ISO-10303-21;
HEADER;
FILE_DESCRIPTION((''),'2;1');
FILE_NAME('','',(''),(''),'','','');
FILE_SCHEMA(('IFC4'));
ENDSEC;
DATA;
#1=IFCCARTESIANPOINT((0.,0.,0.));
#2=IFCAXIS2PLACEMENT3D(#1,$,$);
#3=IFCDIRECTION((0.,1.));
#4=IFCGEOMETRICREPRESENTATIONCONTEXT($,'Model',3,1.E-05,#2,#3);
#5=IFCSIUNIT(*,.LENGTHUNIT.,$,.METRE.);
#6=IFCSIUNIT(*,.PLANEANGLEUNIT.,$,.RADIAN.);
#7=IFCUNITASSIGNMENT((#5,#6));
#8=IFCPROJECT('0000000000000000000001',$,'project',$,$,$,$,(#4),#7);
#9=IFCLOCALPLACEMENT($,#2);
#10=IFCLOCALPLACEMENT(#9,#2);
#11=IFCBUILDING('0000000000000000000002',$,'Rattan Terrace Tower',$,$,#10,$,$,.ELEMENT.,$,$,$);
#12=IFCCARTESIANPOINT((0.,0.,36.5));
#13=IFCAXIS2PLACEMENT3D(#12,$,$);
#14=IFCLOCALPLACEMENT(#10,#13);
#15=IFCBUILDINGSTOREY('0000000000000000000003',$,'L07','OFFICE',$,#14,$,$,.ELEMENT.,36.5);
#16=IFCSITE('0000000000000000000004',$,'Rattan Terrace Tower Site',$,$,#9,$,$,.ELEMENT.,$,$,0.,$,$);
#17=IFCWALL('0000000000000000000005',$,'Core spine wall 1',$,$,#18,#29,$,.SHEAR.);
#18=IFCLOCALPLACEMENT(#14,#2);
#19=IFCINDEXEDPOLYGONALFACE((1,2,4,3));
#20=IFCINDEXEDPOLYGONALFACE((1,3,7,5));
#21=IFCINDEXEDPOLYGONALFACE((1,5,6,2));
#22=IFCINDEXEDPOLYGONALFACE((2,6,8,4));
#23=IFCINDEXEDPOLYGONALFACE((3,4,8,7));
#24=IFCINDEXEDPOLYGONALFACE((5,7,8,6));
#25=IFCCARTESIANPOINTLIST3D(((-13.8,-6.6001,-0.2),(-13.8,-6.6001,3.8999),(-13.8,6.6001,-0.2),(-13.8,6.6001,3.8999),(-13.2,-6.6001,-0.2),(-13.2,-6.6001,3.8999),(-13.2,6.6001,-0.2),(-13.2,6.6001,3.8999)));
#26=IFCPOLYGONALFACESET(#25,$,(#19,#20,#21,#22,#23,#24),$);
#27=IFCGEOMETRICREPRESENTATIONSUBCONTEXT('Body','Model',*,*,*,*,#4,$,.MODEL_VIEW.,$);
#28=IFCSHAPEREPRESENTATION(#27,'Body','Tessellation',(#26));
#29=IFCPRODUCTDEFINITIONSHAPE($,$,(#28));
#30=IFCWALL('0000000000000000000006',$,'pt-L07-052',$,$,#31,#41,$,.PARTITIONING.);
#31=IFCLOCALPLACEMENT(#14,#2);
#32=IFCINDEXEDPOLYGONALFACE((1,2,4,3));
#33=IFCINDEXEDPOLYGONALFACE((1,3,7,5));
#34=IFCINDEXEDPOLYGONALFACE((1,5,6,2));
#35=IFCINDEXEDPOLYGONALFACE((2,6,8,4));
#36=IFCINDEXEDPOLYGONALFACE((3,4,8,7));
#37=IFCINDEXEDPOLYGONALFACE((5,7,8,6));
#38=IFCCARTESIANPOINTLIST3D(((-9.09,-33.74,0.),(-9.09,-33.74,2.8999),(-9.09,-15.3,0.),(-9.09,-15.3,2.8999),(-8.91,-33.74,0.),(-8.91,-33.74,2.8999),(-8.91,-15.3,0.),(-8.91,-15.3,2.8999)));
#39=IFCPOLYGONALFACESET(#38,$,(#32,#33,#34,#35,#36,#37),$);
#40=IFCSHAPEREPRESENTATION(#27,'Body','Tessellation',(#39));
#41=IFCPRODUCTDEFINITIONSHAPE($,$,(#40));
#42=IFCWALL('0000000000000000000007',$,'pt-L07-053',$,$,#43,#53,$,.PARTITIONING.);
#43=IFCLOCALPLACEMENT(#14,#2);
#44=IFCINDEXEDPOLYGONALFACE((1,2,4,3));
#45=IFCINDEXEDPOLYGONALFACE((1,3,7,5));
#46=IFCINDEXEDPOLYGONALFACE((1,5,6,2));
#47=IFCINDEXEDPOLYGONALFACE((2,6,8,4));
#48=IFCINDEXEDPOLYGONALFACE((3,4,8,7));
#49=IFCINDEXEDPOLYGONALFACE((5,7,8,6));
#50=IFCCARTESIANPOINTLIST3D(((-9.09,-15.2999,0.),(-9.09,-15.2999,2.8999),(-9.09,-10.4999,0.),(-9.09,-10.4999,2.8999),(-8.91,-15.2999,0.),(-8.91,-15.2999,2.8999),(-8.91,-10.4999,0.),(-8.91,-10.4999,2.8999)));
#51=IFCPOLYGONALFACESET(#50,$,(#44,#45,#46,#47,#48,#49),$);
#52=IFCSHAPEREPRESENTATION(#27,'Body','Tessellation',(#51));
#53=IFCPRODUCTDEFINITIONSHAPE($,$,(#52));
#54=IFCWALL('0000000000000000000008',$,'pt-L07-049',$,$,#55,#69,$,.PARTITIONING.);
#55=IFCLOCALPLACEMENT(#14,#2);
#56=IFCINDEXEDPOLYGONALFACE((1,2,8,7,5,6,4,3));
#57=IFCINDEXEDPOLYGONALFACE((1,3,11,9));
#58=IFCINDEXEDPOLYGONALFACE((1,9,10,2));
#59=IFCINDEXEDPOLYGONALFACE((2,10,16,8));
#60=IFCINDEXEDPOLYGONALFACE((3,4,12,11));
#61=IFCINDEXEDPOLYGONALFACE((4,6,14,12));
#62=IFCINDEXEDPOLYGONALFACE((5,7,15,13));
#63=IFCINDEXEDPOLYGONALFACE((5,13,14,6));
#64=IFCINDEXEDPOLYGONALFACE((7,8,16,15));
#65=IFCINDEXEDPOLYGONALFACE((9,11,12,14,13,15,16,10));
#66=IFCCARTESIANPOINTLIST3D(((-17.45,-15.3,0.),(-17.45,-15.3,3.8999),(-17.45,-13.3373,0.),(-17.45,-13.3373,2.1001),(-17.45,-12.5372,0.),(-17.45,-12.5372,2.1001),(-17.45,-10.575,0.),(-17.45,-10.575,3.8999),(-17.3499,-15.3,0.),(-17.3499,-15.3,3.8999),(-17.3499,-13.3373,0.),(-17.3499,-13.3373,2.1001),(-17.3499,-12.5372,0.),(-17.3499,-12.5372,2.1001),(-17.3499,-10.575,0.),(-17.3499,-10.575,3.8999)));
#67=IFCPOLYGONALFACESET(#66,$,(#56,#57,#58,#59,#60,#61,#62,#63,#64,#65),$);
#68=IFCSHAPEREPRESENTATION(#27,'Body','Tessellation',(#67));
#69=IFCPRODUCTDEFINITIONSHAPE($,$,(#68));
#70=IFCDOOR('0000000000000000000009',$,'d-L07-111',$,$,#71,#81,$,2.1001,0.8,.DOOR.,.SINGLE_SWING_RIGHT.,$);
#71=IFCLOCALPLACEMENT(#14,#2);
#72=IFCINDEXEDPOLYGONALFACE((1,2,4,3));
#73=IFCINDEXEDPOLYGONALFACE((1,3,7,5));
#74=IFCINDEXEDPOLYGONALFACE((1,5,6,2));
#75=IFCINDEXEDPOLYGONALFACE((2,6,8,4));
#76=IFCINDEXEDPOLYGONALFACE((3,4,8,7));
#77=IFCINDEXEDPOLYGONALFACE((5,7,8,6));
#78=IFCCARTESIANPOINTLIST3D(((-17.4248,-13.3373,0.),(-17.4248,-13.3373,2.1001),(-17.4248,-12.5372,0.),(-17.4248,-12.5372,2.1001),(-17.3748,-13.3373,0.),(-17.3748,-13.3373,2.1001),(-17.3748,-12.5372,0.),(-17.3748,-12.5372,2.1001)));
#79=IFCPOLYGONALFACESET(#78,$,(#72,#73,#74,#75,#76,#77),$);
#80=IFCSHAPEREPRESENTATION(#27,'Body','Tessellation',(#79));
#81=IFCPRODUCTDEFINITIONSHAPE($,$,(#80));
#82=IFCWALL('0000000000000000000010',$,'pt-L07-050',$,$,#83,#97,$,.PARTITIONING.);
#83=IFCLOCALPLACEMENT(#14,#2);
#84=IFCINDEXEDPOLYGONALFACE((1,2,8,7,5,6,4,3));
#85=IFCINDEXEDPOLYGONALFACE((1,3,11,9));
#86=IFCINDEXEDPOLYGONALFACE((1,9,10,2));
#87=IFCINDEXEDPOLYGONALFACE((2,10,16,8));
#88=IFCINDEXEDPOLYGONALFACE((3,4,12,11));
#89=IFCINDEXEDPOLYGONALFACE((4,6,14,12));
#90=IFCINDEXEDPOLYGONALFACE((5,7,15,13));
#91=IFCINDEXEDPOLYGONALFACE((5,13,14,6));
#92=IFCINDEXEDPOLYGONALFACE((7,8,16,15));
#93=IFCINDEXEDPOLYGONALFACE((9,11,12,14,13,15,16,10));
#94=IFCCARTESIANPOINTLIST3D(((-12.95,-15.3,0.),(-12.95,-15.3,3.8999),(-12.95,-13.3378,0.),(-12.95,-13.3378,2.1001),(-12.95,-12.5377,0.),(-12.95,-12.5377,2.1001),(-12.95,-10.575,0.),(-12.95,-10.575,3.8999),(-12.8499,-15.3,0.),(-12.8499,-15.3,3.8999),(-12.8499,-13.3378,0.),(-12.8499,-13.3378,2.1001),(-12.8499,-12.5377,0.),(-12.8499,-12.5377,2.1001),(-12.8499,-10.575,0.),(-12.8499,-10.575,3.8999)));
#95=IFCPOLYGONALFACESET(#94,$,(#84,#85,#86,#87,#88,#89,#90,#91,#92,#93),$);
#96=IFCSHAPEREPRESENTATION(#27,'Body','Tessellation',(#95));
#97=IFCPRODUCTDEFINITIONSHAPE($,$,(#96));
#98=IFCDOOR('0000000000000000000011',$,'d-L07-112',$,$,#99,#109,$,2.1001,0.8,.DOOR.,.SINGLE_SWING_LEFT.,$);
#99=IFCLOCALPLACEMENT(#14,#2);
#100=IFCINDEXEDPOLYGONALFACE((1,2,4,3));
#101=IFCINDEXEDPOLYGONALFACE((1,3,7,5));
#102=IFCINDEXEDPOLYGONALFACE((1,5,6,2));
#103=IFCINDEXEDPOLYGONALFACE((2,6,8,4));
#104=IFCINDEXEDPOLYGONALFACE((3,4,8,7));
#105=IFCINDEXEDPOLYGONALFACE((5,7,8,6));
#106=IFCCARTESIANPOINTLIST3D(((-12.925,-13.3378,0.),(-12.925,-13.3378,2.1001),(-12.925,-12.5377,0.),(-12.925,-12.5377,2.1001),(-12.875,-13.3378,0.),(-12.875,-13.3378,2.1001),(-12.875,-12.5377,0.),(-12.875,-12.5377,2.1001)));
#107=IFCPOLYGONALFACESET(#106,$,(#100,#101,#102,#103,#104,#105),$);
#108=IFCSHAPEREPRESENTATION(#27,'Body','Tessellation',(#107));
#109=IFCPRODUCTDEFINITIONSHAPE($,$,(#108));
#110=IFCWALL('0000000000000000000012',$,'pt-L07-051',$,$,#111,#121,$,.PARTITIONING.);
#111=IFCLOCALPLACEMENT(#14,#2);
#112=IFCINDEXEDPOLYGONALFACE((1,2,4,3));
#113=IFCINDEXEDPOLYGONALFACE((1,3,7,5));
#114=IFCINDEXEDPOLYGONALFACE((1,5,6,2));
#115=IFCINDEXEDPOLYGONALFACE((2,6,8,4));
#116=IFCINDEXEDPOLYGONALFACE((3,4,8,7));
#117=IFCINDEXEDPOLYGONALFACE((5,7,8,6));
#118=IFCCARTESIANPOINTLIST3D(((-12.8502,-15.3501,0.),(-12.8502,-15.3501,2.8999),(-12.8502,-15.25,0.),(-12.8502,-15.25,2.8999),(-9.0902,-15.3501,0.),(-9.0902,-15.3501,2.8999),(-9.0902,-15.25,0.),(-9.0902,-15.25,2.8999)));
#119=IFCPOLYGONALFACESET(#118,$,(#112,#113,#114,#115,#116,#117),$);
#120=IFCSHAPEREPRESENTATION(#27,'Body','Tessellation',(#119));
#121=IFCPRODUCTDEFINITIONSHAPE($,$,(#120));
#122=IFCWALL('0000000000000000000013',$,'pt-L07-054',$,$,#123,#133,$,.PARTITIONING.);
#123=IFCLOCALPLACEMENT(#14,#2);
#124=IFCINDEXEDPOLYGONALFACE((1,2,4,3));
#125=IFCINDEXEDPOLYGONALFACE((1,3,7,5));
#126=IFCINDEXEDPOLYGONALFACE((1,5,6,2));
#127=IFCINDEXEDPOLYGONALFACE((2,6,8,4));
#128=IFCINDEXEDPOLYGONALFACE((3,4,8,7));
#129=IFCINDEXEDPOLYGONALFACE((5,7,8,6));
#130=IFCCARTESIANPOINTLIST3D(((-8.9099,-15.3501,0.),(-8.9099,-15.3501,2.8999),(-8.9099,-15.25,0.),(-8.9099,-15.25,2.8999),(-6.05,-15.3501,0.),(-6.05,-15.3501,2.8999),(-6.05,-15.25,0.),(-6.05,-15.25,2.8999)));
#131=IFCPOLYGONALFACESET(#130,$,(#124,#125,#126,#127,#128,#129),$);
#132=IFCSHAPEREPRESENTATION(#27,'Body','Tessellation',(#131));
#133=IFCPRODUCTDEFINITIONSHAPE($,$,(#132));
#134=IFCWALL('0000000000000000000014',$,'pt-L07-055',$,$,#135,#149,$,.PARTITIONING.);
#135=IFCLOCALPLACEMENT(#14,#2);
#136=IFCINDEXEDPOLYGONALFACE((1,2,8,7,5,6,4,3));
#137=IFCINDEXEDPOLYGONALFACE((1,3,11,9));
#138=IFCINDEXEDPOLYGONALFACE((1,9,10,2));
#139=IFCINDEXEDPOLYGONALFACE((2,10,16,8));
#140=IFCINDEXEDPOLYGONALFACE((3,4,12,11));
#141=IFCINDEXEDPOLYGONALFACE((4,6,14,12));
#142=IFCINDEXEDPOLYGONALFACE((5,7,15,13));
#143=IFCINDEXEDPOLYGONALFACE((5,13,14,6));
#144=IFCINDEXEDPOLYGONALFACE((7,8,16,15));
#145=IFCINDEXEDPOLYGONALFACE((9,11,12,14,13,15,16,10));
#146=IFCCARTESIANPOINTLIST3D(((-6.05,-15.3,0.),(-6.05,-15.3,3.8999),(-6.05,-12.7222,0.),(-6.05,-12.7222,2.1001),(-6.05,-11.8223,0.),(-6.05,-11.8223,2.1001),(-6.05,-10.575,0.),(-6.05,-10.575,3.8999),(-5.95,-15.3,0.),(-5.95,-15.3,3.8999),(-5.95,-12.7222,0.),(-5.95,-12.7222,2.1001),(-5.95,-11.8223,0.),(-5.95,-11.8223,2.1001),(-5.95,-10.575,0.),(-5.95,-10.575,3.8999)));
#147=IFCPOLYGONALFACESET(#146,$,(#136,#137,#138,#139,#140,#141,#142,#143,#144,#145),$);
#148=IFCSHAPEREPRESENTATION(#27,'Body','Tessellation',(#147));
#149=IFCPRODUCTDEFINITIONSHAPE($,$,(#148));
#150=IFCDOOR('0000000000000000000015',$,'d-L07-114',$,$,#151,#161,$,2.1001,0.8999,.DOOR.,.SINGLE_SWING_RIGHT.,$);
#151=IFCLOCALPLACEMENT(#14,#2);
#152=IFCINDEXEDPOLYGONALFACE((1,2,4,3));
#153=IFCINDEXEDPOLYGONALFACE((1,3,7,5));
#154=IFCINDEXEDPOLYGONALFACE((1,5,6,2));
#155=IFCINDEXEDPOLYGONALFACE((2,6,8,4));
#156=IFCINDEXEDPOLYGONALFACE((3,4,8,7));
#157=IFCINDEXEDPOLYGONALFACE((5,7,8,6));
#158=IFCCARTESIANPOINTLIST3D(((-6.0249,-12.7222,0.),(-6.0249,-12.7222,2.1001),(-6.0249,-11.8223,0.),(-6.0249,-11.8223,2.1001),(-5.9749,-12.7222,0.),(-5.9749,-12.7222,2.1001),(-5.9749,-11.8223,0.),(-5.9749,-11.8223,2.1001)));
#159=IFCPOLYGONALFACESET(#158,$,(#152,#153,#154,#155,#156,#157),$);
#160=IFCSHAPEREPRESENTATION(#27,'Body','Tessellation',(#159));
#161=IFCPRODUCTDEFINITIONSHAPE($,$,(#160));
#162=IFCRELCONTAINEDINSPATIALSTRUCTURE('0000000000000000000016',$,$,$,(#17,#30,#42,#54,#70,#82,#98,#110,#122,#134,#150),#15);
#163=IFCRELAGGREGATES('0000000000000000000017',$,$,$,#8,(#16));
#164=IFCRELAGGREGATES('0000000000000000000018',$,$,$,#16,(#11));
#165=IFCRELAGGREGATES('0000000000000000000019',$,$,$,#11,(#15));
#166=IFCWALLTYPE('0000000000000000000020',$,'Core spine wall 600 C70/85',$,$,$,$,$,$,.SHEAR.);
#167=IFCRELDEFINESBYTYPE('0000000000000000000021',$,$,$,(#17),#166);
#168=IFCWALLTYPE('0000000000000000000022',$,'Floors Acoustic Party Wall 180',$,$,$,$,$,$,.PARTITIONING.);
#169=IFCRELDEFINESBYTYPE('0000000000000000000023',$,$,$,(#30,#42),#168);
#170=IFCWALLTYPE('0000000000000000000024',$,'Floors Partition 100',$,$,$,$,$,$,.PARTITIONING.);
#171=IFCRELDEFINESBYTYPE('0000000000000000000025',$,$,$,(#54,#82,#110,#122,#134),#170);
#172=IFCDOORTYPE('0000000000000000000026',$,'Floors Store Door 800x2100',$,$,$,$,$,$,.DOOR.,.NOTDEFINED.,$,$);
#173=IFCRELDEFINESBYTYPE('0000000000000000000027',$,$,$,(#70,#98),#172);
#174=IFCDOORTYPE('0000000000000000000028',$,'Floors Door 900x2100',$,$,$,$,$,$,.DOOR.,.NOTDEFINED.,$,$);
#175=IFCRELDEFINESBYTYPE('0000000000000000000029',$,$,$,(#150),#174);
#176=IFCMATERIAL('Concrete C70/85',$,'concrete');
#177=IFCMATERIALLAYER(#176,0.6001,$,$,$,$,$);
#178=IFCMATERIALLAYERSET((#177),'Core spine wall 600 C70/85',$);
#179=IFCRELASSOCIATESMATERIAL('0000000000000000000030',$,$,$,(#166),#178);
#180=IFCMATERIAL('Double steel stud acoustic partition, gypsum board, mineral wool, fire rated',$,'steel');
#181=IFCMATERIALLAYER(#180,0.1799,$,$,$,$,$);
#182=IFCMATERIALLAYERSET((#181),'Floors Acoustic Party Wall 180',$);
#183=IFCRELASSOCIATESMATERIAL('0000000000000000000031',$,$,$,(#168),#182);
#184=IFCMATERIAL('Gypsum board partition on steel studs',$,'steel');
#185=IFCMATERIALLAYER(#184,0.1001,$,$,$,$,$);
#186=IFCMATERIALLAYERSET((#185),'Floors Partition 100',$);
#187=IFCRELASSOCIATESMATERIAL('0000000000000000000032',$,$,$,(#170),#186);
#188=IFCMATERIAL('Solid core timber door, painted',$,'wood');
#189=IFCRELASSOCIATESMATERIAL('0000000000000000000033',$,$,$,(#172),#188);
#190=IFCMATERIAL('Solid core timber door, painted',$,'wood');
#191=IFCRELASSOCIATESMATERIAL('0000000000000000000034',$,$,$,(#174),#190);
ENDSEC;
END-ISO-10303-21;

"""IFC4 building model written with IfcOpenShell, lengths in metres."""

from ifc_helpers import new_model, si_unit, direction, frame, frame_2d, origin, place, context, subcontext, project, spatial, rectangle, extrude, material, layer, layer_set, type_object, element, fill, save


model = new_model("IFC4")

# Units and contexts
model_context = context("Model", 3, precision=1e-05, world=origin(), true_north=direction((0.0, 1.0)))
body_context = subcontext(model_context, "Body", "Model", "MODEL_VIEW")
ifc_project = project(units=[si_unit("LENGTHUNIT", "METRE"), si_unit("PLANEANGLEUNIT", "RADIAN")], contexts=[model_context])

# Site, building, storey
site_placement = place(None, origin())
site = spatial("IfcSite", under=ifc_project, at=site_placement, Name="Rattan Terrace Tower Site", CompositionType="ELEMENT", RefElevation=0.0)
building_placement = place(site_placement, origin())
building = spatial("IfcBuilding", under=site, at=building_placement, Name="Rattan Terrace Tower", CompositionType="ELEMENT")
storey_placement = place(building_placement, frame((0.0, 0.0, 36.5)))
storey = spatial("IfcBuildingStorey", under=building, at=storey_placement, Name="L07", Description="OFFICE", CompositionType="ELEMENT", Elevation=36.5)

# Walls
ifc_material_1 = material(Name="Concrete C70/85", Category="concrete")
ifc_layer_1 = layer(ifc_material_1, 0.6001)
ifc_layer_set_1 = layer_set([ifc_layer_1], Name="Core spine wall 600 C70/85")
wall_type_1 = type_object("IfcWallType", Name="Core spine wall 600 C70/85", PredefinedType="SHEAR", material=ifc_layer_set_1)
wall_1_placement = place(storey_placement, frame((-13.5, -6.6001, -0.2), z_axis=(0.0, 0.0, 1.0), x_axis=(0.0, 1.0, 0.0)))
element("IfcWall", 1, at=wall_1_placement, inside=storey, type_object=wall_type_1, Name="Core spine wall 1", PredefinedType="SHEAR", context=body_context, shape_type="SweptSolid", body=[
    extrude(rectangle(XDim=13.2002, YDim=0.6001, at=frame_2d((6.6001, 0.0))), origin(), (0.0, 0.0, 1.0), 4.0999),
])
ifc_material_2 = material(Name="Double steel stud acoustic partition, gypsum board, mineral wool, fire rated", Category="steel")
ifc_layer_2 = layer(ifc_material_2, 0.1799)
ifc_layer_set_2 = layer_set([ifc_layer_2], Name="Floors Acoustic Party Wall 180")
wall_type_2 = type_object("IfcWallType", Name="Floors Acoustic Party Wall 180", PredefinedType="PARTITIONING", material=ifc_layer_set_2)
wall_2_placement = place(storey_placement, frame((-9.0, -15.3, 0.0), z_axis=(0.0, 0.0, 1.0), x_axis=(0.0, -1.0, 0.0)))
element("IfcWall", 2, at=wall_2_placement, inside=storey, type_object=wall_type_2, Name="pt-L07-052", PredefinedType="PARTITIONING", context=body_context, shape_type="SweptSolid", body=[
    extrude(rectangle(XDim=18.4399, YDim=0.1799, at=frame_2d((9.22, 0.0))), origin(), (0.0, 0.0, 1.0), 2.8999),
])
wall_3_placement = place(storey_placement, frame((-9.0, -10.5, 0.0), z_axis=(0.0, 0.0, 1.0), x_axis=(0.0, -1.0, 0.0)))
element("IfcWall", 3, at=wall_3_placement, inside=storey, type_object=wall_type_2, Name="pt-L07-053", PredefinedType="PARTITIONING", context=body_context, shape_type="SweptSolid", body=[
    extrude(rectangle(XDim=4.8, YDim=0.1799, at=frame_2d((2.3999, 0.0))), origin(), (0.0, 0.0, 1.0), 2.8999),
])

# Walls, openings, doors
ifc_material_3 = material(Name="Gypsum board partition on steel studs", Category="steel")
ifc_layer_3 = layer(ifc_material_3, 0.1001)
ifc_layer_set_3 = layer_set([ifc_layer_3], Name="Floors Partition 100")
wall_type_3 = type_object("IfcWallType", Name="Floors Partition 100", PredefinedType="PARTITIONING", material=ifc_layer_set_3)
wall_4_placement = place(storey_placement, frame((-17.3999, -15.3, 0.0), z_axis=(0.0, 0.0, 1.0), x_axis=(0.0, 1.0, 0.0)))
wall_4 = element("IfcWall", 4, at=wall_4_placement, inside=storey, type_object=wall_type_3, Name="pt-L07-049", PredefinedType="PARTITIONING", context=body_context, shape_type="SweptSolid", body=[
    extrude(rectangle(XDim=4.7251, YDim=0.1001, at=frame_2d((2.3625, 0.0))), origin(), (0.0, 0.0, 1.0), 3.8999),
])
opening_1_placement = place(wall_4_placement, frame((1.9629, 0.0, 0.0)))
opening_1 = element("IfcOpeningElement", 5, at=opening_1_placement, cuts=wall_4, PredefinedType="OPENING", context=body_context, shape_type="SweptSolid", body=[
    extrude(rectangle(XDim=0.8, YDim=2.1001, at=frame_2d((0.3999, 1.05))), frame((0.0, 0.0605, 0.0), z_axis=(0.0, -1.0, 0.0), x_axis=(1.0, 0.0, 0.0)), (0.0, 0.0, 1.0), 0.1211),
])
ifc_material_4 = material(Name="Solid core timber door, painted", Category="wood")
door_type_1 = type_object("IfcDoorType", Name="Floors Store Door 800x2100", OperationType="NOTDEFINED", PredefinedType="DOOR", material=ifc_material_4)
door_1_placement = place(opening_1_placement, origin())
door_1 = element("IfcDoor", 6, at=door_1_placement, inside=storey, type_object=door_type_1, Name="d-L07-111", OperationType="SINGLE_SWING_RIGHT", OverallHeight=2.1001, OverallWidth=0.8, PredefinedType="DOOR", context=body_context, shape_type="SweptSolid", body=[
    extrude(rectangle(XDim=0.8, YDim=2.1001, at=frame_2d((0.3999, 1.05))), frame((0.0, 0.0249, 0.0), z_axis=(0.0, -1.0, 0.0), x_axis=(1.0, 0.0, 0.0)), (0.0, 0.0, 1.0), 0.05),
])
fill(opening_1, door_1)
wall_5_placement = place(storey_placement, frame((-12.8999, -10.575, 0.0), z_axis=(0.0, 0.0, 1.0), x_axis=(0.0, -1.0, 0.0)))
wall_5 = element("IfcWall", 7, at=wall_5_placement, inside=storey, type_object=wall_type_3, Name="pt-L07-050", PredefinedType="PARTITIONING", context=body_context, shape_type="SweptSolid", body=[
    extrude(rectangle(XDim=4.7251, YDim=0.1001, at=frame_2d((2.3625, 0.0))), origin(), (0.0, 0.0, 1.0), 3.8999),
])
opening_2_placement = place(wall_5_placement, frame((1.9629, 0.0, 0.0)))
opening_2 = element("IfcOpeningElement", 8, at=opening_2_placement, cuts=wall_5, PredefinedType="OPENING", context=body_context, shape_type="SweptSolid", body=[
    extrude(rectangle(XDim=0.8, YDim=2.1001, at=frame_2d((0.3999, 1.05))), frame((0.0, 0.0605, 0.0), z_axis=(0.0, -1.0, 0.0), x_axis=(1.0, 0.0, 0.0)), (0.0, 0.0, 1.0), 0.1211),
])
door_2_placement = place(opening_2_placement, origin())
door_2 = element("IfcDoor", 9, at=door_2_placement, inside=storey, type_object=door_type_1, Name="d-L07-112", OperationType="SINGLE_SWING_LEFT", OverallHeight=2.1001, OverallWidth=0.8, PredefinedType="DOOR", context=body_context, shape_type="SweptSolid", body=[
    extrude(rectangle(XDim=0.8, YDim=2.1001, at=frame_2d((0.3999, 1.05))), frame((0.0, 0.0249, 0.0), z_axis=(0.0, -1.0, 0.0), x_axis=(1.0, 0.0, 0.0)), (0.0, 0.0, 1.0), 0.05),
])
fill(opening_2, door_2)

# Walls
wall_6_placement = place(storey_placement, frame((-12.8501, -15.3, 0.0), z_axis=(0.0, 0.0, 1.0), x_axis=(1.0, 0.0, 0.0)))
element("IfcWall", 10, at=wall_6_placement, inside=storey, type_object=wall_type_3, Name="pt-L07-051", PredefinedType="PARTITIONING", context=body_context, shape_type="SweptSolid", body=[
    extrude(rectangle(XDim=3.76, YDim=0.1001, at=frame_2d((1.8799, 0.0))), origin(), (0.0, 0.0, 1.0), 2.8999),
])
wall_7_placement = place(storey_placement, frame((-8.9099, -15.3, 0.0), z_axis=(0.0, 0.0, 1.0), x_axis=(1.0, 0.0, 0.0)))
element("IfcWall", 11, at=wall_7_placement, inside=storey, type_object=wall_type_3, Name="pt-L07-054", PredefinedType="PARTITIONING", context=body_context, shape_type="SweptSolid", body=[
    extrude(rectangle(XDim=2.8599, YDim=0.1001, at=frame_2d((1.4299, 0.0))), origin(), (0.0, 0.0, 1.0), 2.8999),
])

# Wall, opening, door
wall_8_placement = place(storey_placement, frame((-6.0, -15.3, 0.0), z_axis=(0.0, 0.0, 1.0), x_axis=(0.0, 1.0, 0.0)))
wall_8 = element("IfcWall", 12, at=wall_8_placement, inside=storey, type_object=wall_type_3, Name="pt-L07-055", PredefinedType="PARTITIONING", context=body_context, shape_type="SweptSolid", body=[
    extrude(rectangle(XDim=4.7251, YDim=0.1001, at=frame_2d((2.3625, 0.0))), origin(), (0.0, 0.0, 1.0), 3.8999),
])
opening_3_placement = place(wall_8_placement, frame((2.5779, 0.0, 0.0)))
opening_3 = element("IfcOpeningElement", 13, at=opening_3_placement, cuts=wall_8, PredefinedType="OPENING", context=body_context, shape_type="SweptSolid", body=[
    extrude(rectangle(XDim=0.8999, YDim=2.1001, at=frame_2d((0.45, 1.05))), frame((0.0, 0.0605, 0.0), z_axis=(0.0, -1.0, 0.0), x_axis=(1.0, 0.0, 0.0)), (0.0, 0.0, 1.0), 0.1211),
])
ifc_material_5 = material(Name="Solid core timber door, painted", Category="wood")
door_type_2 = type_object("IfcDoorType", Name="Floors Door 900x2100", OperationType="NOTDEFINED", PredefinedType="DOOR", material=ifc_material_5)
door_3_placement = place(opening_3_placement, origin())
door_3 = element("IfcDoor", 14, at=door_3_placement, inside=storey, type_object=door_type_2, Name="d-L07-114", OperationType="SINGLE_SWING_RIGHT", OverallHeight=2.1001, OverallWidth=0.8999, PredefinedType="DOOR", context=body_context, shape_type="SweptSolid", body=[
    extrude(rectangle(XDim=0.8999, YDim=2.1001, at=frame_2d((0.45, 1.05))), frame((0.0, 0.0249, 0.0), z_axis=(0.0, -1.0, 0.0), x_axis=(1.0, 0.0, 0.0)), (0.0, 0.0, 1.0), 0.05),
])
fill(opening_3, door_3)

save(model, "model.ifc")
